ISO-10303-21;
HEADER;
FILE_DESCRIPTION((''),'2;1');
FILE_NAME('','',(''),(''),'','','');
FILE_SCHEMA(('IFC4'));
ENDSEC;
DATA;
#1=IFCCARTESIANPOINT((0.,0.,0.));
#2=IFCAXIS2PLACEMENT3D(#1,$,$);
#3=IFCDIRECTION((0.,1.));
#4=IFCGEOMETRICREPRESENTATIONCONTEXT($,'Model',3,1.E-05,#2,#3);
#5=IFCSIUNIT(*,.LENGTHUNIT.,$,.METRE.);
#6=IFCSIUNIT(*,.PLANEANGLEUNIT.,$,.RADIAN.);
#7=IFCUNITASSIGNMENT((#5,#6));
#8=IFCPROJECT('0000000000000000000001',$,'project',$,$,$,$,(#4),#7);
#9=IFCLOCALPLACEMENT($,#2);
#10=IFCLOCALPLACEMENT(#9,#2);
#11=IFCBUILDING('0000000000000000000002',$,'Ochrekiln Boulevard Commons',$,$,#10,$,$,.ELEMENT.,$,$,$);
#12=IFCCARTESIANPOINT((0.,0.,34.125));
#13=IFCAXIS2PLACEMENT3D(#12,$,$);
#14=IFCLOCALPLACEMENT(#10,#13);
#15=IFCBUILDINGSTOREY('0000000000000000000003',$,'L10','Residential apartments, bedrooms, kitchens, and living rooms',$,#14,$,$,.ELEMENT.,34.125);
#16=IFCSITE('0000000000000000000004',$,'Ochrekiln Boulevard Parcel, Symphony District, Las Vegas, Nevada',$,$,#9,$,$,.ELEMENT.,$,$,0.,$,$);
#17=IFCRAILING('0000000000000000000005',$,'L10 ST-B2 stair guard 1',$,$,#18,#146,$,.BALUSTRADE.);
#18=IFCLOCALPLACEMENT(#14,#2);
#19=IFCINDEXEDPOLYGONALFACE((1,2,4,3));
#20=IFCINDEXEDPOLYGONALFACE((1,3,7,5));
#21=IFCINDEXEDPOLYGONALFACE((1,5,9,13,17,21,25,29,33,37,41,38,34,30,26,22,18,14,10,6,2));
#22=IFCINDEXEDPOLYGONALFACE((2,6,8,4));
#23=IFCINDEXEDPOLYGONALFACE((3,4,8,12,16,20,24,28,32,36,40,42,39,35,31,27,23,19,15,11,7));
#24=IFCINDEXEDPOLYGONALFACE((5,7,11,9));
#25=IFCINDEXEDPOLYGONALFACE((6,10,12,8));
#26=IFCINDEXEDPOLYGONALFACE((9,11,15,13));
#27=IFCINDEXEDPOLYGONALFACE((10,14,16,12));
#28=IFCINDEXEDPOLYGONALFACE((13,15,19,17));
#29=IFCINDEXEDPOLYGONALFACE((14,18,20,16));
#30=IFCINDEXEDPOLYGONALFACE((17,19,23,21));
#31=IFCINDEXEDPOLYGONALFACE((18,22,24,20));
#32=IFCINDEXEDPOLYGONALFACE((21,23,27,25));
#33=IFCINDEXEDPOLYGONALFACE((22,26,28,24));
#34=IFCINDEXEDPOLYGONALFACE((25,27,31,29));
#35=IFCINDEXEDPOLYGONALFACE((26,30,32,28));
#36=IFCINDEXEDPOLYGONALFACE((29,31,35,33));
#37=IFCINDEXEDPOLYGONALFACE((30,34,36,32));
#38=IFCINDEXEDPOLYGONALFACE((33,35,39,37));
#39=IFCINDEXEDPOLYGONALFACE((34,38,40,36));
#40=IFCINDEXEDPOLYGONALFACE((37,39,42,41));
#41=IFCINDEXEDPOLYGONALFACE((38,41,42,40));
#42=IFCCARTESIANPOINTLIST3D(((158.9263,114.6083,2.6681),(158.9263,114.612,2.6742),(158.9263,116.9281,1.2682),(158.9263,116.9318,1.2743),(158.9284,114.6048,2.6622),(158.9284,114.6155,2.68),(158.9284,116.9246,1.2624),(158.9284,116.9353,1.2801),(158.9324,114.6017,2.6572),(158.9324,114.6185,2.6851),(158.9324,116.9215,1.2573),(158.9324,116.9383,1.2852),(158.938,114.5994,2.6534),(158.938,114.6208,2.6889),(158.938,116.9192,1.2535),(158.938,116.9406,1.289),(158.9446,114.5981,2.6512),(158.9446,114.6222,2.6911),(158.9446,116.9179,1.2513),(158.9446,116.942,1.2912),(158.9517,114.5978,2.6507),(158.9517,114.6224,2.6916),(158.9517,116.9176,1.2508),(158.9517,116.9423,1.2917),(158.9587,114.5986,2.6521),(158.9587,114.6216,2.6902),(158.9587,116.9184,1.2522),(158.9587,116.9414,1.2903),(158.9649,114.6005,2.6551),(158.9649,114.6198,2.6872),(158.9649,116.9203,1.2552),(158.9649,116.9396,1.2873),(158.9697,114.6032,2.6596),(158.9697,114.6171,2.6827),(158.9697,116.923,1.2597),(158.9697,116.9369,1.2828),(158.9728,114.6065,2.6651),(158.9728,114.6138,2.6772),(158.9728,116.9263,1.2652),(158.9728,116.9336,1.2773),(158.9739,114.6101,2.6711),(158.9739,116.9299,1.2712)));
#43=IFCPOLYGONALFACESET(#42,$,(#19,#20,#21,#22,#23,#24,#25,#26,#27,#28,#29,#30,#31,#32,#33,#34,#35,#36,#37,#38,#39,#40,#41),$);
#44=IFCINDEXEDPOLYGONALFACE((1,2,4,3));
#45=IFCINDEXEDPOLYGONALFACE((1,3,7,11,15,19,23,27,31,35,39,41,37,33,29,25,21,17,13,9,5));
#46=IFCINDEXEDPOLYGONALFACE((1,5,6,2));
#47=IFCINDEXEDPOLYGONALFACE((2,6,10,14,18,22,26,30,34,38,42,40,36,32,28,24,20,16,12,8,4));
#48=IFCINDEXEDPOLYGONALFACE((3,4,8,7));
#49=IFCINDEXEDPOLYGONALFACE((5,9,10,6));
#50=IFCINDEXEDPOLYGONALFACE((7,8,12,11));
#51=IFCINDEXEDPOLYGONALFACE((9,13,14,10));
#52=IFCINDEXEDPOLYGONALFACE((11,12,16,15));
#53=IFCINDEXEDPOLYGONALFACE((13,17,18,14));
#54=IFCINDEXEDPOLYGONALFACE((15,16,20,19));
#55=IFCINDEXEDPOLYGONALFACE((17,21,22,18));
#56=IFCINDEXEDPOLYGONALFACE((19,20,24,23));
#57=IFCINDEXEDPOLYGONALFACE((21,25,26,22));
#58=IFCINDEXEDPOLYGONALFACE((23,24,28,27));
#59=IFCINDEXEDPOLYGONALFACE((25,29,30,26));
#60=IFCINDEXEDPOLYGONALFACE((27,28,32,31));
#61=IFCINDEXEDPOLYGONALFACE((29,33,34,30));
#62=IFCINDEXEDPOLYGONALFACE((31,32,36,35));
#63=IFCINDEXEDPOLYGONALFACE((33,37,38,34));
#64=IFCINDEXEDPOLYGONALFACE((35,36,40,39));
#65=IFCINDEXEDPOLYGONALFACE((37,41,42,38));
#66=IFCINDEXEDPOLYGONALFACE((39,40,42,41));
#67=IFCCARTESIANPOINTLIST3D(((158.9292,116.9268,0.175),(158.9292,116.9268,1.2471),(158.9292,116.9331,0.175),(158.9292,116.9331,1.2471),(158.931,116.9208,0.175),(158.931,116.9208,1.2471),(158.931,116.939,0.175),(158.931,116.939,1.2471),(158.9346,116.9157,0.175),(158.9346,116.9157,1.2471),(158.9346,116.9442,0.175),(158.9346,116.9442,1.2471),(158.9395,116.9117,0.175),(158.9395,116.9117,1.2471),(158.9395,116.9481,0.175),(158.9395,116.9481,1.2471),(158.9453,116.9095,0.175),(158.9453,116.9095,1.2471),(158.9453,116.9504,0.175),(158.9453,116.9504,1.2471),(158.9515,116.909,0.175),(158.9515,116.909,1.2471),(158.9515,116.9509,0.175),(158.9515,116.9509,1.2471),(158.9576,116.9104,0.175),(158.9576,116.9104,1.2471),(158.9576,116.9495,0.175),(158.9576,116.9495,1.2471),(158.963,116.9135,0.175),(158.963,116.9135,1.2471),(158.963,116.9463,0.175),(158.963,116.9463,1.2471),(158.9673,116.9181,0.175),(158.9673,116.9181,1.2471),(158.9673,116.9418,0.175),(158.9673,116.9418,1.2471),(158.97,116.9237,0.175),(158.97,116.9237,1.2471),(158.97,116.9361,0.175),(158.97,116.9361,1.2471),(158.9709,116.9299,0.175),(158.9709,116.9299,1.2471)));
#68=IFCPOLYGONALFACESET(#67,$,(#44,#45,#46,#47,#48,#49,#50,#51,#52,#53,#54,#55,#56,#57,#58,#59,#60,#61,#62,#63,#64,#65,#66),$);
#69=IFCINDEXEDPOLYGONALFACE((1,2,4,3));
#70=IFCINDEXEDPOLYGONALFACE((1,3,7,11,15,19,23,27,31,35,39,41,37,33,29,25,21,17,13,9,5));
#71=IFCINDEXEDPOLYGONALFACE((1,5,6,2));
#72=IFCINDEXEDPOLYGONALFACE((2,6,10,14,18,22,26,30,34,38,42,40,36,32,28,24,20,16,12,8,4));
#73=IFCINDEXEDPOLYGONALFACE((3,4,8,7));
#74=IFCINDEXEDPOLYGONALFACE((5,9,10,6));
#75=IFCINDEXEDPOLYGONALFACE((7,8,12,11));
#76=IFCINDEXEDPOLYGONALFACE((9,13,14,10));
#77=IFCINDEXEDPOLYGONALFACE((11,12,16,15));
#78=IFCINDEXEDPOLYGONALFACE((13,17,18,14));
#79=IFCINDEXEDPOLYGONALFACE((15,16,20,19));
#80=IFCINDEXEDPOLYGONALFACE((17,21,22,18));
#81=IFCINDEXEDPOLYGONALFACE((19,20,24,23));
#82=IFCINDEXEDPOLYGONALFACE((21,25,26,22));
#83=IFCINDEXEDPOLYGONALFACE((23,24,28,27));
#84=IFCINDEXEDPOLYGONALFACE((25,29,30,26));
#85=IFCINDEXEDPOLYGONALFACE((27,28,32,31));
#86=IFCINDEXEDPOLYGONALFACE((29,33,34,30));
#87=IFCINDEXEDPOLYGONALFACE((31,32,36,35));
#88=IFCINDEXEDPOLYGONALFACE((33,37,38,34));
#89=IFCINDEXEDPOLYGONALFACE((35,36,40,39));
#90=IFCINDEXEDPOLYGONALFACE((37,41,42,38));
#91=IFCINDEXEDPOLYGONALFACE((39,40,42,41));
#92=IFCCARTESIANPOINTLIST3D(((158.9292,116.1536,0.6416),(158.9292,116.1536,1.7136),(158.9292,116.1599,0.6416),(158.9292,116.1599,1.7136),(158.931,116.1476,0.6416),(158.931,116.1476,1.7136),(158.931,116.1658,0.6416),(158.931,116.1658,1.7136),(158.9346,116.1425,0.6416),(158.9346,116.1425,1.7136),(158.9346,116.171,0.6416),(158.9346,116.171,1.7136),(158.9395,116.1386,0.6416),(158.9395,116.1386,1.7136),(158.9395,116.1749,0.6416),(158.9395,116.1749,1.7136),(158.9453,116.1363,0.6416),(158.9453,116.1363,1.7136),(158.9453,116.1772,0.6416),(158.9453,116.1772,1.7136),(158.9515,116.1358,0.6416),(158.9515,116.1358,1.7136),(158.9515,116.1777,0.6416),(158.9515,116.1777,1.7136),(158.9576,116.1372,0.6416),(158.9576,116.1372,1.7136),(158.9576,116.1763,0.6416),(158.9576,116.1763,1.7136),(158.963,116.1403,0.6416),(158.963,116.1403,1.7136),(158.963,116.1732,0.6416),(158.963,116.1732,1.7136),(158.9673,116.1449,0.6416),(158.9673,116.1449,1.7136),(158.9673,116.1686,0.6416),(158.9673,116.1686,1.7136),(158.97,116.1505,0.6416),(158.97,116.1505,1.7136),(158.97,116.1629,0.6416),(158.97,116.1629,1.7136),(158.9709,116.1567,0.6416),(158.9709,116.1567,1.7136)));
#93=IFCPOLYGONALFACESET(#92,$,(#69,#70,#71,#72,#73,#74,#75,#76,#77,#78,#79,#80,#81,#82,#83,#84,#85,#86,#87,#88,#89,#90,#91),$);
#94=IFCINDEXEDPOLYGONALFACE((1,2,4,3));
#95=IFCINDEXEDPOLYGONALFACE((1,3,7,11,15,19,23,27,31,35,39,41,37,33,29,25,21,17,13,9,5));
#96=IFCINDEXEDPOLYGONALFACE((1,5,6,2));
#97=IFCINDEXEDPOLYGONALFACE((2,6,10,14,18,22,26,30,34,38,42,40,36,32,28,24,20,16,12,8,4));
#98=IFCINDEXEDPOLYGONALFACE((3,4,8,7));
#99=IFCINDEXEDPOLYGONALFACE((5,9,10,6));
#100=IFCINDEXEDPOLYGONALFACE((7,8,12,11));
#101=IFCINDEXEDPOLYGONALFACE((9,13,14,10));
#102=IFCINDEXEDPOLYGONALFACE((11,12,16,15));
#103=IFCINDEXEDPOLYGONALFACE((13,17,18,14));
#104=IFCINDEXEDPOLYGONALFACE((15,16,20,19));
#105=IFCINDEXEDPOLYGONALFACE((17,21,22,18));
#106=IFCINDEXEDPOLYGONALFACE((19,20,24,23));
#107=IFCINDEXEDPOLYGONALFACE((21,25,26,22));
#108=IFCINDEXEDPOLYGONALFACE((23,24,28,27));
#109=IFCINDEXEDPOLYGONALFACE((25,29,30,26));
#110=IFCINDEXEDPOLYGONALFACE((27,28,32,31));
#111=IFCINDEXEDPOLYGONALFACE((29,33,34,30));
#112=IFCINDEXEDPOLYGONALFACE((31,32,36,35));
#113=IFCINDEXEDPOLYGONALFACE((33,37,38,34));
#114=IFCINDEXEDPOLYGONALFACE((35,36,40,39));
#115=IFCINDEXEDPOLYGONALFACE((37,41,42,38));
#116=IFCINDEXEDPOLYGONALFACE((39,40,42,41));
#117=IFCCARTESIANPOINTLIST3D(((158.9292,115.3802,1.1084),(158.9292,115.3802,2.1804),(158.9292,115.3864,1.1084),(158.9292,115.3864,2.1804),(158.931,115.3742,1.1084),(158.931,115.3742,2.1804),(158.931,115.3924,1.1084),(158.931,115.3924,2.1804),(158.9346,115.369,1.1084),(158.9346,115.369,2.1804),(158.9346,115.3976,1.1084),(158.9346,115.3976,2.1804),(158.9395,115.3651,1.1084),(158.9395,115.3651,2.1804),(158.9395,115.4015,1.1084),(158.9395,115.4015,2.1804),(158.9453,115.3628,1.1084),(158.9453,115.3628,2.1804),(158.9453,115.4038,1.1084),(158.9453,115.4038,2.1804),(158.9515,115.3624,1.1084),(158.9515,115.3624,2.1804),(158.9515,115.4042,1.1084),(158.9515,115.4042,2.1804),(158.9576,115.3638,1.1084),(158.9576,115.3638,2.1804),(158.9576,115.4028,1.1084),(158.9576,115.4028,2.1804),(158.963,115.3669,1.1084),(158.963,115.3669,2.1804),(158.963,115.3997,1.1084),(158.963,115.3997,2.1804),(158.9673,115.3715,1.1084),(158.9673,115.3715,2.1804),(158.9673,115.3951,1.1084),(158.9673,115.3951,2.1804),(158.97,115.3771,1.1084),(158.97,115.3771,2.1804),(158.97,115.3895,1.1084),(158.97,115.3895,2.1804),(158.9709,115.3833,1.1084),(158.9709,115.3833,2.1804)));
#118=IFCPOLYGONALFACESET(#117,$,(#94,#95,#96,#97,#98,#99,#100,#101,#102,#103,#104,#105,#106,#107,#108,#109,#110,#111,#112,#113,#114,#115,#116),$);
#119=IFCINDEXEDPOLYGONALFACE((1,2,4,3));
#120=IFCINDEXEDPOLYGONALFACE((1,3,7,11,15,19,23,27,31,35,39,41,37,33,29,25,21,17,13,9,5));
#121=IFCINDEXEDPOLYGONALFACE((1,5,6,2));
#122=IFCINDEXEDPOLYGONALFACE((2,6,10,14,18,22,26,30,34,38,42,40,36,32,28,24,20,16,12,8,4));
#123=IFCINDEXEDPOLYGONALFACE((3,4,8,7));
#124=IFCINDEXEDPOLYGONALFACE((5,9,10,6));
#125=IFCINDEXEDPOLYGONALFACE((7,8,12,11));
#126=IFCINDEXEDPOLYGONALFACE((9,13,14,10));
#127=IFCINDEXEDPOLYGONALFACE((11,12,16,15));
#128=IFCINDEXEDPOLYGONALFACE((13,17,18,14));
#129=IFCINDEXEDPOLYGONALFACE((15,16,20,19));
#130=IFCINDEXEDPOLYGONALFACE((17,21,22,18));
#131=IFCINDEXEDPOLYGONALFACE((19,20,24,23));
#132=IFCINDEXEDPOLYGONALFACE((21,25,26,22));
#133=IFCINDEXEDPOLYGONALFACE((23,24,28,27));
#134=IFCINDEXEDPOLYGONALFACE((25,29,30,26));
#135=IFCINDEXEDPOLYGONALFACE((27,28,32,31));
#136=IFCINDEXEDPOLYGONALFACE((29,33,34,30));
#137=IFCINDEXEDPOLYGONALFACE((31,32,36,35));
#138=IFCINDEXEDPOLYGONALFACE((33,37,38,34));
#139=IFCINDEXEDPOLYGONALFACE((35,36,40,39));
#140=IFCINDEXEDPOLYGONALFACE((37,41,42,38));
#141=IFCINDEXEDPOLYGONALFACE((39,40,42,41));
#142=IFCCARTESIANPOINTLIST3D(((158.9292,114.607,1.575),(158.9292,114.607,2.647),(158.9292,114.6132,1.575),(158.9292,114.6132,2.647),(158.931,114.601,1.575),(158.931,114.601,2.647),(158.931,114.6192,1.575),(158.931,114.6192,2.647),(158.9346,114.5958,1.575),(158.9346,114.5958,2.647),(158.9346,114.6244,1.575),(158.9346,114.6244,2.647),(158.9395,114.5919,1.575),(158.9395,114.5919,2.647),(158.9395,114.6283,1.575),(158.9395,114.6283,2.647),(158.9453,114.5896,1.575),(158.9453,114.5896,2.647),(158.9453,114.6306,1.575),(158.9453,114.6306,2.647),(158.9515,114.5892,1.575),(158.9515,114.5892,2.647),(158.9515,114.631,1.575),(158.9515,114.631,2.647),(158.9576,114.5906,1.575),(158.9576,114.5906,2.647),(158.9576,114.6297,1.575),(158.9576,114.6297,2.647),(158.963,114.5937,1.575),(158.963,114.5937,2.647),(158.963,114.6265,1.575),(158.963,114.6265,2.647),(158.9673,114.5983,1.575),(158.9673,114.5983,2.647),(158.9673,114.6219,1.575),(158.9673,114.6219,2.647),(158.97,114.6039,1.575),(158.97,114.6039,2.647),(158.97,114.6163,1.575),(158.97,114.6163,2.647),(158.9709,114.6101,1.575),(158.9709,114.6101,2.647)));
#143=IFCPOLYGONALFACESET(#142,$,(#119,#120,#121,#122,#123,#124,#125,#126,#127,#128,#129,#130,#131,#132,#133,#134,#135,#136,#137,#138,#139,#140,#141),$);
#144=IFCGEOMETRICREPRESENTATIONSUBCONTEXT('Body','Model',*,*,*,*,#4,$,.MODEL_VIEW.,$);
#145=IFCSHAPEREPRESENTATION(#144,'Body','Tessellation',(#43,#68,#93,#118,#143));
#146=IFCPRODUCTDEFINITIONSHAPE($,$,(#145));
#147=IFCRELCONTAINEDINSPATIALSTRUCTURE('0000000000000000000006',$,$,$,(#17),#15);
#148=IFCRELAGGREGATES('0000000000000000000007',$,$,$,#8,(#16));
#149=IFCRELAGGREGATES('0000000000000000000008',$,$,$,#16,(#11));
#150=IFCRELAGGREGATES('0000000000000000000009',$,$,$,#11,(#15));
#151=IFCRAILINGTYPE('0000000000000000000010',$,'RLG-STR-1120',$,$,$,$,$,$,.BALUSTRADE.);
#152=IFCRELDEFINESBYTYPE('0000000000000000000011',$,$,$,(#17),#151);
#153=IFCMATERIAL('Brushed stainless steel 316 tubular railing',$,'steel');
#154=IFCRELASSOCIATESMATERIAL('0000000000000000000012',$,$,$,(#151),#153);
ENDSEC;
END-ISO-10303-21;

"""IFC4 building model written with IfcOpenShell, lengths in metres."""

from ifc_helpers import new_model, si_unit, direction, frame, origin, origin_2d, place, context, subcontext, project, spatial, circle, extrude, material, type_object, element, save


model = new_model("IFC4")

# Units and contexts
model_context = context("Model", 3, precision=1e-05, world=origin(), true_north=direction((0.0, 1.0)))
body_context = subcontext(model_context, "Body", "Model", "MODEL_VIEW")
ifc_project = project(units=[si_unit("LENGTHUNIT", "METRE"), si_unit("PLANEANGLEUNIT", "RADIAN")], contexts=[model_context])

# Site, building, storey
site_placement = place(None, origin())
site = spatial("IfcSite", under=ifc_project, at=site_placement, Name="Ochrekiln Boulevard Parcel, Symphony District, Las Vegas, Nevada", CompositionType="ELEMENT", RefElevation=0.0)
building_placement = place(site_placement, origin())
building = spatial("IfcBuilding", under=site, at=building_placement, Name="Ochrekiln Boulevard Commons", CompositionType="ELEMENT")
storey_placement = place(building_placement, frame((0.0, 0.0, 34.125)))
storey = spatial("IfcBuildingStorey", under=building, at=storey_placement, Name="L10", Description="Residential apartments, bedrooms, kitchens, and living rooms", CompositionType="ELEMENT", Elevation=34.125)

# Railing
ifc_material_1 = material(Name="Brushed stainless steel 316 tubular railing", Category="steel")
railing_type_1 = type_object("IfcRailingType", Name="RLG-STR-1120", PredefinedType="BALUSTRADE", material=ifc_material_1)
railing_1_placement = place(storey_placement, frame((158.95, 116.9299, 0.175)))
element("IfcRailing", 1, at=railing_1_placement, inside=storey, type_object=railing_type_1, Name="L10 ST-B2 stair guard 1", PredefinedType="BALUSTRADE", context=body_context, shape_type="SweptSolid", body=[
    extrude(circle(Radius=0.0239, at=origin_2d()), frame((0.0, 0.0, 1.0962), z_axis=(0.0, -0.856186, 0.516667), x_axis=(1.0, 0.0, 0.0)), (0.0, 0.0, 1.0), 2.7095),
    extrude(circle(Radius=0.021, at=origin_2d()), origin(), (0.0, 0.0, 1.0), 1.072),
    extrude(circle(Radius=0.021, at=origin_2d()), frame((0.0, -0.7732, 0.4666)), (0.0, 0.0, 1.0), 1.072),
    extrude(circle(Radius=0.021, at=origin_2d()), frame((0.0, -1.5466, 0.9333)), (0.0, 0.0, 1.0), 1.072),
    extrude(circle(Radius=0.021, at=origin_2d()), frame((0.0, -2.3198, 1.3999)), (0.0, 0.0, 1.0), 1.072),
])

save(model, "model.ifc")
